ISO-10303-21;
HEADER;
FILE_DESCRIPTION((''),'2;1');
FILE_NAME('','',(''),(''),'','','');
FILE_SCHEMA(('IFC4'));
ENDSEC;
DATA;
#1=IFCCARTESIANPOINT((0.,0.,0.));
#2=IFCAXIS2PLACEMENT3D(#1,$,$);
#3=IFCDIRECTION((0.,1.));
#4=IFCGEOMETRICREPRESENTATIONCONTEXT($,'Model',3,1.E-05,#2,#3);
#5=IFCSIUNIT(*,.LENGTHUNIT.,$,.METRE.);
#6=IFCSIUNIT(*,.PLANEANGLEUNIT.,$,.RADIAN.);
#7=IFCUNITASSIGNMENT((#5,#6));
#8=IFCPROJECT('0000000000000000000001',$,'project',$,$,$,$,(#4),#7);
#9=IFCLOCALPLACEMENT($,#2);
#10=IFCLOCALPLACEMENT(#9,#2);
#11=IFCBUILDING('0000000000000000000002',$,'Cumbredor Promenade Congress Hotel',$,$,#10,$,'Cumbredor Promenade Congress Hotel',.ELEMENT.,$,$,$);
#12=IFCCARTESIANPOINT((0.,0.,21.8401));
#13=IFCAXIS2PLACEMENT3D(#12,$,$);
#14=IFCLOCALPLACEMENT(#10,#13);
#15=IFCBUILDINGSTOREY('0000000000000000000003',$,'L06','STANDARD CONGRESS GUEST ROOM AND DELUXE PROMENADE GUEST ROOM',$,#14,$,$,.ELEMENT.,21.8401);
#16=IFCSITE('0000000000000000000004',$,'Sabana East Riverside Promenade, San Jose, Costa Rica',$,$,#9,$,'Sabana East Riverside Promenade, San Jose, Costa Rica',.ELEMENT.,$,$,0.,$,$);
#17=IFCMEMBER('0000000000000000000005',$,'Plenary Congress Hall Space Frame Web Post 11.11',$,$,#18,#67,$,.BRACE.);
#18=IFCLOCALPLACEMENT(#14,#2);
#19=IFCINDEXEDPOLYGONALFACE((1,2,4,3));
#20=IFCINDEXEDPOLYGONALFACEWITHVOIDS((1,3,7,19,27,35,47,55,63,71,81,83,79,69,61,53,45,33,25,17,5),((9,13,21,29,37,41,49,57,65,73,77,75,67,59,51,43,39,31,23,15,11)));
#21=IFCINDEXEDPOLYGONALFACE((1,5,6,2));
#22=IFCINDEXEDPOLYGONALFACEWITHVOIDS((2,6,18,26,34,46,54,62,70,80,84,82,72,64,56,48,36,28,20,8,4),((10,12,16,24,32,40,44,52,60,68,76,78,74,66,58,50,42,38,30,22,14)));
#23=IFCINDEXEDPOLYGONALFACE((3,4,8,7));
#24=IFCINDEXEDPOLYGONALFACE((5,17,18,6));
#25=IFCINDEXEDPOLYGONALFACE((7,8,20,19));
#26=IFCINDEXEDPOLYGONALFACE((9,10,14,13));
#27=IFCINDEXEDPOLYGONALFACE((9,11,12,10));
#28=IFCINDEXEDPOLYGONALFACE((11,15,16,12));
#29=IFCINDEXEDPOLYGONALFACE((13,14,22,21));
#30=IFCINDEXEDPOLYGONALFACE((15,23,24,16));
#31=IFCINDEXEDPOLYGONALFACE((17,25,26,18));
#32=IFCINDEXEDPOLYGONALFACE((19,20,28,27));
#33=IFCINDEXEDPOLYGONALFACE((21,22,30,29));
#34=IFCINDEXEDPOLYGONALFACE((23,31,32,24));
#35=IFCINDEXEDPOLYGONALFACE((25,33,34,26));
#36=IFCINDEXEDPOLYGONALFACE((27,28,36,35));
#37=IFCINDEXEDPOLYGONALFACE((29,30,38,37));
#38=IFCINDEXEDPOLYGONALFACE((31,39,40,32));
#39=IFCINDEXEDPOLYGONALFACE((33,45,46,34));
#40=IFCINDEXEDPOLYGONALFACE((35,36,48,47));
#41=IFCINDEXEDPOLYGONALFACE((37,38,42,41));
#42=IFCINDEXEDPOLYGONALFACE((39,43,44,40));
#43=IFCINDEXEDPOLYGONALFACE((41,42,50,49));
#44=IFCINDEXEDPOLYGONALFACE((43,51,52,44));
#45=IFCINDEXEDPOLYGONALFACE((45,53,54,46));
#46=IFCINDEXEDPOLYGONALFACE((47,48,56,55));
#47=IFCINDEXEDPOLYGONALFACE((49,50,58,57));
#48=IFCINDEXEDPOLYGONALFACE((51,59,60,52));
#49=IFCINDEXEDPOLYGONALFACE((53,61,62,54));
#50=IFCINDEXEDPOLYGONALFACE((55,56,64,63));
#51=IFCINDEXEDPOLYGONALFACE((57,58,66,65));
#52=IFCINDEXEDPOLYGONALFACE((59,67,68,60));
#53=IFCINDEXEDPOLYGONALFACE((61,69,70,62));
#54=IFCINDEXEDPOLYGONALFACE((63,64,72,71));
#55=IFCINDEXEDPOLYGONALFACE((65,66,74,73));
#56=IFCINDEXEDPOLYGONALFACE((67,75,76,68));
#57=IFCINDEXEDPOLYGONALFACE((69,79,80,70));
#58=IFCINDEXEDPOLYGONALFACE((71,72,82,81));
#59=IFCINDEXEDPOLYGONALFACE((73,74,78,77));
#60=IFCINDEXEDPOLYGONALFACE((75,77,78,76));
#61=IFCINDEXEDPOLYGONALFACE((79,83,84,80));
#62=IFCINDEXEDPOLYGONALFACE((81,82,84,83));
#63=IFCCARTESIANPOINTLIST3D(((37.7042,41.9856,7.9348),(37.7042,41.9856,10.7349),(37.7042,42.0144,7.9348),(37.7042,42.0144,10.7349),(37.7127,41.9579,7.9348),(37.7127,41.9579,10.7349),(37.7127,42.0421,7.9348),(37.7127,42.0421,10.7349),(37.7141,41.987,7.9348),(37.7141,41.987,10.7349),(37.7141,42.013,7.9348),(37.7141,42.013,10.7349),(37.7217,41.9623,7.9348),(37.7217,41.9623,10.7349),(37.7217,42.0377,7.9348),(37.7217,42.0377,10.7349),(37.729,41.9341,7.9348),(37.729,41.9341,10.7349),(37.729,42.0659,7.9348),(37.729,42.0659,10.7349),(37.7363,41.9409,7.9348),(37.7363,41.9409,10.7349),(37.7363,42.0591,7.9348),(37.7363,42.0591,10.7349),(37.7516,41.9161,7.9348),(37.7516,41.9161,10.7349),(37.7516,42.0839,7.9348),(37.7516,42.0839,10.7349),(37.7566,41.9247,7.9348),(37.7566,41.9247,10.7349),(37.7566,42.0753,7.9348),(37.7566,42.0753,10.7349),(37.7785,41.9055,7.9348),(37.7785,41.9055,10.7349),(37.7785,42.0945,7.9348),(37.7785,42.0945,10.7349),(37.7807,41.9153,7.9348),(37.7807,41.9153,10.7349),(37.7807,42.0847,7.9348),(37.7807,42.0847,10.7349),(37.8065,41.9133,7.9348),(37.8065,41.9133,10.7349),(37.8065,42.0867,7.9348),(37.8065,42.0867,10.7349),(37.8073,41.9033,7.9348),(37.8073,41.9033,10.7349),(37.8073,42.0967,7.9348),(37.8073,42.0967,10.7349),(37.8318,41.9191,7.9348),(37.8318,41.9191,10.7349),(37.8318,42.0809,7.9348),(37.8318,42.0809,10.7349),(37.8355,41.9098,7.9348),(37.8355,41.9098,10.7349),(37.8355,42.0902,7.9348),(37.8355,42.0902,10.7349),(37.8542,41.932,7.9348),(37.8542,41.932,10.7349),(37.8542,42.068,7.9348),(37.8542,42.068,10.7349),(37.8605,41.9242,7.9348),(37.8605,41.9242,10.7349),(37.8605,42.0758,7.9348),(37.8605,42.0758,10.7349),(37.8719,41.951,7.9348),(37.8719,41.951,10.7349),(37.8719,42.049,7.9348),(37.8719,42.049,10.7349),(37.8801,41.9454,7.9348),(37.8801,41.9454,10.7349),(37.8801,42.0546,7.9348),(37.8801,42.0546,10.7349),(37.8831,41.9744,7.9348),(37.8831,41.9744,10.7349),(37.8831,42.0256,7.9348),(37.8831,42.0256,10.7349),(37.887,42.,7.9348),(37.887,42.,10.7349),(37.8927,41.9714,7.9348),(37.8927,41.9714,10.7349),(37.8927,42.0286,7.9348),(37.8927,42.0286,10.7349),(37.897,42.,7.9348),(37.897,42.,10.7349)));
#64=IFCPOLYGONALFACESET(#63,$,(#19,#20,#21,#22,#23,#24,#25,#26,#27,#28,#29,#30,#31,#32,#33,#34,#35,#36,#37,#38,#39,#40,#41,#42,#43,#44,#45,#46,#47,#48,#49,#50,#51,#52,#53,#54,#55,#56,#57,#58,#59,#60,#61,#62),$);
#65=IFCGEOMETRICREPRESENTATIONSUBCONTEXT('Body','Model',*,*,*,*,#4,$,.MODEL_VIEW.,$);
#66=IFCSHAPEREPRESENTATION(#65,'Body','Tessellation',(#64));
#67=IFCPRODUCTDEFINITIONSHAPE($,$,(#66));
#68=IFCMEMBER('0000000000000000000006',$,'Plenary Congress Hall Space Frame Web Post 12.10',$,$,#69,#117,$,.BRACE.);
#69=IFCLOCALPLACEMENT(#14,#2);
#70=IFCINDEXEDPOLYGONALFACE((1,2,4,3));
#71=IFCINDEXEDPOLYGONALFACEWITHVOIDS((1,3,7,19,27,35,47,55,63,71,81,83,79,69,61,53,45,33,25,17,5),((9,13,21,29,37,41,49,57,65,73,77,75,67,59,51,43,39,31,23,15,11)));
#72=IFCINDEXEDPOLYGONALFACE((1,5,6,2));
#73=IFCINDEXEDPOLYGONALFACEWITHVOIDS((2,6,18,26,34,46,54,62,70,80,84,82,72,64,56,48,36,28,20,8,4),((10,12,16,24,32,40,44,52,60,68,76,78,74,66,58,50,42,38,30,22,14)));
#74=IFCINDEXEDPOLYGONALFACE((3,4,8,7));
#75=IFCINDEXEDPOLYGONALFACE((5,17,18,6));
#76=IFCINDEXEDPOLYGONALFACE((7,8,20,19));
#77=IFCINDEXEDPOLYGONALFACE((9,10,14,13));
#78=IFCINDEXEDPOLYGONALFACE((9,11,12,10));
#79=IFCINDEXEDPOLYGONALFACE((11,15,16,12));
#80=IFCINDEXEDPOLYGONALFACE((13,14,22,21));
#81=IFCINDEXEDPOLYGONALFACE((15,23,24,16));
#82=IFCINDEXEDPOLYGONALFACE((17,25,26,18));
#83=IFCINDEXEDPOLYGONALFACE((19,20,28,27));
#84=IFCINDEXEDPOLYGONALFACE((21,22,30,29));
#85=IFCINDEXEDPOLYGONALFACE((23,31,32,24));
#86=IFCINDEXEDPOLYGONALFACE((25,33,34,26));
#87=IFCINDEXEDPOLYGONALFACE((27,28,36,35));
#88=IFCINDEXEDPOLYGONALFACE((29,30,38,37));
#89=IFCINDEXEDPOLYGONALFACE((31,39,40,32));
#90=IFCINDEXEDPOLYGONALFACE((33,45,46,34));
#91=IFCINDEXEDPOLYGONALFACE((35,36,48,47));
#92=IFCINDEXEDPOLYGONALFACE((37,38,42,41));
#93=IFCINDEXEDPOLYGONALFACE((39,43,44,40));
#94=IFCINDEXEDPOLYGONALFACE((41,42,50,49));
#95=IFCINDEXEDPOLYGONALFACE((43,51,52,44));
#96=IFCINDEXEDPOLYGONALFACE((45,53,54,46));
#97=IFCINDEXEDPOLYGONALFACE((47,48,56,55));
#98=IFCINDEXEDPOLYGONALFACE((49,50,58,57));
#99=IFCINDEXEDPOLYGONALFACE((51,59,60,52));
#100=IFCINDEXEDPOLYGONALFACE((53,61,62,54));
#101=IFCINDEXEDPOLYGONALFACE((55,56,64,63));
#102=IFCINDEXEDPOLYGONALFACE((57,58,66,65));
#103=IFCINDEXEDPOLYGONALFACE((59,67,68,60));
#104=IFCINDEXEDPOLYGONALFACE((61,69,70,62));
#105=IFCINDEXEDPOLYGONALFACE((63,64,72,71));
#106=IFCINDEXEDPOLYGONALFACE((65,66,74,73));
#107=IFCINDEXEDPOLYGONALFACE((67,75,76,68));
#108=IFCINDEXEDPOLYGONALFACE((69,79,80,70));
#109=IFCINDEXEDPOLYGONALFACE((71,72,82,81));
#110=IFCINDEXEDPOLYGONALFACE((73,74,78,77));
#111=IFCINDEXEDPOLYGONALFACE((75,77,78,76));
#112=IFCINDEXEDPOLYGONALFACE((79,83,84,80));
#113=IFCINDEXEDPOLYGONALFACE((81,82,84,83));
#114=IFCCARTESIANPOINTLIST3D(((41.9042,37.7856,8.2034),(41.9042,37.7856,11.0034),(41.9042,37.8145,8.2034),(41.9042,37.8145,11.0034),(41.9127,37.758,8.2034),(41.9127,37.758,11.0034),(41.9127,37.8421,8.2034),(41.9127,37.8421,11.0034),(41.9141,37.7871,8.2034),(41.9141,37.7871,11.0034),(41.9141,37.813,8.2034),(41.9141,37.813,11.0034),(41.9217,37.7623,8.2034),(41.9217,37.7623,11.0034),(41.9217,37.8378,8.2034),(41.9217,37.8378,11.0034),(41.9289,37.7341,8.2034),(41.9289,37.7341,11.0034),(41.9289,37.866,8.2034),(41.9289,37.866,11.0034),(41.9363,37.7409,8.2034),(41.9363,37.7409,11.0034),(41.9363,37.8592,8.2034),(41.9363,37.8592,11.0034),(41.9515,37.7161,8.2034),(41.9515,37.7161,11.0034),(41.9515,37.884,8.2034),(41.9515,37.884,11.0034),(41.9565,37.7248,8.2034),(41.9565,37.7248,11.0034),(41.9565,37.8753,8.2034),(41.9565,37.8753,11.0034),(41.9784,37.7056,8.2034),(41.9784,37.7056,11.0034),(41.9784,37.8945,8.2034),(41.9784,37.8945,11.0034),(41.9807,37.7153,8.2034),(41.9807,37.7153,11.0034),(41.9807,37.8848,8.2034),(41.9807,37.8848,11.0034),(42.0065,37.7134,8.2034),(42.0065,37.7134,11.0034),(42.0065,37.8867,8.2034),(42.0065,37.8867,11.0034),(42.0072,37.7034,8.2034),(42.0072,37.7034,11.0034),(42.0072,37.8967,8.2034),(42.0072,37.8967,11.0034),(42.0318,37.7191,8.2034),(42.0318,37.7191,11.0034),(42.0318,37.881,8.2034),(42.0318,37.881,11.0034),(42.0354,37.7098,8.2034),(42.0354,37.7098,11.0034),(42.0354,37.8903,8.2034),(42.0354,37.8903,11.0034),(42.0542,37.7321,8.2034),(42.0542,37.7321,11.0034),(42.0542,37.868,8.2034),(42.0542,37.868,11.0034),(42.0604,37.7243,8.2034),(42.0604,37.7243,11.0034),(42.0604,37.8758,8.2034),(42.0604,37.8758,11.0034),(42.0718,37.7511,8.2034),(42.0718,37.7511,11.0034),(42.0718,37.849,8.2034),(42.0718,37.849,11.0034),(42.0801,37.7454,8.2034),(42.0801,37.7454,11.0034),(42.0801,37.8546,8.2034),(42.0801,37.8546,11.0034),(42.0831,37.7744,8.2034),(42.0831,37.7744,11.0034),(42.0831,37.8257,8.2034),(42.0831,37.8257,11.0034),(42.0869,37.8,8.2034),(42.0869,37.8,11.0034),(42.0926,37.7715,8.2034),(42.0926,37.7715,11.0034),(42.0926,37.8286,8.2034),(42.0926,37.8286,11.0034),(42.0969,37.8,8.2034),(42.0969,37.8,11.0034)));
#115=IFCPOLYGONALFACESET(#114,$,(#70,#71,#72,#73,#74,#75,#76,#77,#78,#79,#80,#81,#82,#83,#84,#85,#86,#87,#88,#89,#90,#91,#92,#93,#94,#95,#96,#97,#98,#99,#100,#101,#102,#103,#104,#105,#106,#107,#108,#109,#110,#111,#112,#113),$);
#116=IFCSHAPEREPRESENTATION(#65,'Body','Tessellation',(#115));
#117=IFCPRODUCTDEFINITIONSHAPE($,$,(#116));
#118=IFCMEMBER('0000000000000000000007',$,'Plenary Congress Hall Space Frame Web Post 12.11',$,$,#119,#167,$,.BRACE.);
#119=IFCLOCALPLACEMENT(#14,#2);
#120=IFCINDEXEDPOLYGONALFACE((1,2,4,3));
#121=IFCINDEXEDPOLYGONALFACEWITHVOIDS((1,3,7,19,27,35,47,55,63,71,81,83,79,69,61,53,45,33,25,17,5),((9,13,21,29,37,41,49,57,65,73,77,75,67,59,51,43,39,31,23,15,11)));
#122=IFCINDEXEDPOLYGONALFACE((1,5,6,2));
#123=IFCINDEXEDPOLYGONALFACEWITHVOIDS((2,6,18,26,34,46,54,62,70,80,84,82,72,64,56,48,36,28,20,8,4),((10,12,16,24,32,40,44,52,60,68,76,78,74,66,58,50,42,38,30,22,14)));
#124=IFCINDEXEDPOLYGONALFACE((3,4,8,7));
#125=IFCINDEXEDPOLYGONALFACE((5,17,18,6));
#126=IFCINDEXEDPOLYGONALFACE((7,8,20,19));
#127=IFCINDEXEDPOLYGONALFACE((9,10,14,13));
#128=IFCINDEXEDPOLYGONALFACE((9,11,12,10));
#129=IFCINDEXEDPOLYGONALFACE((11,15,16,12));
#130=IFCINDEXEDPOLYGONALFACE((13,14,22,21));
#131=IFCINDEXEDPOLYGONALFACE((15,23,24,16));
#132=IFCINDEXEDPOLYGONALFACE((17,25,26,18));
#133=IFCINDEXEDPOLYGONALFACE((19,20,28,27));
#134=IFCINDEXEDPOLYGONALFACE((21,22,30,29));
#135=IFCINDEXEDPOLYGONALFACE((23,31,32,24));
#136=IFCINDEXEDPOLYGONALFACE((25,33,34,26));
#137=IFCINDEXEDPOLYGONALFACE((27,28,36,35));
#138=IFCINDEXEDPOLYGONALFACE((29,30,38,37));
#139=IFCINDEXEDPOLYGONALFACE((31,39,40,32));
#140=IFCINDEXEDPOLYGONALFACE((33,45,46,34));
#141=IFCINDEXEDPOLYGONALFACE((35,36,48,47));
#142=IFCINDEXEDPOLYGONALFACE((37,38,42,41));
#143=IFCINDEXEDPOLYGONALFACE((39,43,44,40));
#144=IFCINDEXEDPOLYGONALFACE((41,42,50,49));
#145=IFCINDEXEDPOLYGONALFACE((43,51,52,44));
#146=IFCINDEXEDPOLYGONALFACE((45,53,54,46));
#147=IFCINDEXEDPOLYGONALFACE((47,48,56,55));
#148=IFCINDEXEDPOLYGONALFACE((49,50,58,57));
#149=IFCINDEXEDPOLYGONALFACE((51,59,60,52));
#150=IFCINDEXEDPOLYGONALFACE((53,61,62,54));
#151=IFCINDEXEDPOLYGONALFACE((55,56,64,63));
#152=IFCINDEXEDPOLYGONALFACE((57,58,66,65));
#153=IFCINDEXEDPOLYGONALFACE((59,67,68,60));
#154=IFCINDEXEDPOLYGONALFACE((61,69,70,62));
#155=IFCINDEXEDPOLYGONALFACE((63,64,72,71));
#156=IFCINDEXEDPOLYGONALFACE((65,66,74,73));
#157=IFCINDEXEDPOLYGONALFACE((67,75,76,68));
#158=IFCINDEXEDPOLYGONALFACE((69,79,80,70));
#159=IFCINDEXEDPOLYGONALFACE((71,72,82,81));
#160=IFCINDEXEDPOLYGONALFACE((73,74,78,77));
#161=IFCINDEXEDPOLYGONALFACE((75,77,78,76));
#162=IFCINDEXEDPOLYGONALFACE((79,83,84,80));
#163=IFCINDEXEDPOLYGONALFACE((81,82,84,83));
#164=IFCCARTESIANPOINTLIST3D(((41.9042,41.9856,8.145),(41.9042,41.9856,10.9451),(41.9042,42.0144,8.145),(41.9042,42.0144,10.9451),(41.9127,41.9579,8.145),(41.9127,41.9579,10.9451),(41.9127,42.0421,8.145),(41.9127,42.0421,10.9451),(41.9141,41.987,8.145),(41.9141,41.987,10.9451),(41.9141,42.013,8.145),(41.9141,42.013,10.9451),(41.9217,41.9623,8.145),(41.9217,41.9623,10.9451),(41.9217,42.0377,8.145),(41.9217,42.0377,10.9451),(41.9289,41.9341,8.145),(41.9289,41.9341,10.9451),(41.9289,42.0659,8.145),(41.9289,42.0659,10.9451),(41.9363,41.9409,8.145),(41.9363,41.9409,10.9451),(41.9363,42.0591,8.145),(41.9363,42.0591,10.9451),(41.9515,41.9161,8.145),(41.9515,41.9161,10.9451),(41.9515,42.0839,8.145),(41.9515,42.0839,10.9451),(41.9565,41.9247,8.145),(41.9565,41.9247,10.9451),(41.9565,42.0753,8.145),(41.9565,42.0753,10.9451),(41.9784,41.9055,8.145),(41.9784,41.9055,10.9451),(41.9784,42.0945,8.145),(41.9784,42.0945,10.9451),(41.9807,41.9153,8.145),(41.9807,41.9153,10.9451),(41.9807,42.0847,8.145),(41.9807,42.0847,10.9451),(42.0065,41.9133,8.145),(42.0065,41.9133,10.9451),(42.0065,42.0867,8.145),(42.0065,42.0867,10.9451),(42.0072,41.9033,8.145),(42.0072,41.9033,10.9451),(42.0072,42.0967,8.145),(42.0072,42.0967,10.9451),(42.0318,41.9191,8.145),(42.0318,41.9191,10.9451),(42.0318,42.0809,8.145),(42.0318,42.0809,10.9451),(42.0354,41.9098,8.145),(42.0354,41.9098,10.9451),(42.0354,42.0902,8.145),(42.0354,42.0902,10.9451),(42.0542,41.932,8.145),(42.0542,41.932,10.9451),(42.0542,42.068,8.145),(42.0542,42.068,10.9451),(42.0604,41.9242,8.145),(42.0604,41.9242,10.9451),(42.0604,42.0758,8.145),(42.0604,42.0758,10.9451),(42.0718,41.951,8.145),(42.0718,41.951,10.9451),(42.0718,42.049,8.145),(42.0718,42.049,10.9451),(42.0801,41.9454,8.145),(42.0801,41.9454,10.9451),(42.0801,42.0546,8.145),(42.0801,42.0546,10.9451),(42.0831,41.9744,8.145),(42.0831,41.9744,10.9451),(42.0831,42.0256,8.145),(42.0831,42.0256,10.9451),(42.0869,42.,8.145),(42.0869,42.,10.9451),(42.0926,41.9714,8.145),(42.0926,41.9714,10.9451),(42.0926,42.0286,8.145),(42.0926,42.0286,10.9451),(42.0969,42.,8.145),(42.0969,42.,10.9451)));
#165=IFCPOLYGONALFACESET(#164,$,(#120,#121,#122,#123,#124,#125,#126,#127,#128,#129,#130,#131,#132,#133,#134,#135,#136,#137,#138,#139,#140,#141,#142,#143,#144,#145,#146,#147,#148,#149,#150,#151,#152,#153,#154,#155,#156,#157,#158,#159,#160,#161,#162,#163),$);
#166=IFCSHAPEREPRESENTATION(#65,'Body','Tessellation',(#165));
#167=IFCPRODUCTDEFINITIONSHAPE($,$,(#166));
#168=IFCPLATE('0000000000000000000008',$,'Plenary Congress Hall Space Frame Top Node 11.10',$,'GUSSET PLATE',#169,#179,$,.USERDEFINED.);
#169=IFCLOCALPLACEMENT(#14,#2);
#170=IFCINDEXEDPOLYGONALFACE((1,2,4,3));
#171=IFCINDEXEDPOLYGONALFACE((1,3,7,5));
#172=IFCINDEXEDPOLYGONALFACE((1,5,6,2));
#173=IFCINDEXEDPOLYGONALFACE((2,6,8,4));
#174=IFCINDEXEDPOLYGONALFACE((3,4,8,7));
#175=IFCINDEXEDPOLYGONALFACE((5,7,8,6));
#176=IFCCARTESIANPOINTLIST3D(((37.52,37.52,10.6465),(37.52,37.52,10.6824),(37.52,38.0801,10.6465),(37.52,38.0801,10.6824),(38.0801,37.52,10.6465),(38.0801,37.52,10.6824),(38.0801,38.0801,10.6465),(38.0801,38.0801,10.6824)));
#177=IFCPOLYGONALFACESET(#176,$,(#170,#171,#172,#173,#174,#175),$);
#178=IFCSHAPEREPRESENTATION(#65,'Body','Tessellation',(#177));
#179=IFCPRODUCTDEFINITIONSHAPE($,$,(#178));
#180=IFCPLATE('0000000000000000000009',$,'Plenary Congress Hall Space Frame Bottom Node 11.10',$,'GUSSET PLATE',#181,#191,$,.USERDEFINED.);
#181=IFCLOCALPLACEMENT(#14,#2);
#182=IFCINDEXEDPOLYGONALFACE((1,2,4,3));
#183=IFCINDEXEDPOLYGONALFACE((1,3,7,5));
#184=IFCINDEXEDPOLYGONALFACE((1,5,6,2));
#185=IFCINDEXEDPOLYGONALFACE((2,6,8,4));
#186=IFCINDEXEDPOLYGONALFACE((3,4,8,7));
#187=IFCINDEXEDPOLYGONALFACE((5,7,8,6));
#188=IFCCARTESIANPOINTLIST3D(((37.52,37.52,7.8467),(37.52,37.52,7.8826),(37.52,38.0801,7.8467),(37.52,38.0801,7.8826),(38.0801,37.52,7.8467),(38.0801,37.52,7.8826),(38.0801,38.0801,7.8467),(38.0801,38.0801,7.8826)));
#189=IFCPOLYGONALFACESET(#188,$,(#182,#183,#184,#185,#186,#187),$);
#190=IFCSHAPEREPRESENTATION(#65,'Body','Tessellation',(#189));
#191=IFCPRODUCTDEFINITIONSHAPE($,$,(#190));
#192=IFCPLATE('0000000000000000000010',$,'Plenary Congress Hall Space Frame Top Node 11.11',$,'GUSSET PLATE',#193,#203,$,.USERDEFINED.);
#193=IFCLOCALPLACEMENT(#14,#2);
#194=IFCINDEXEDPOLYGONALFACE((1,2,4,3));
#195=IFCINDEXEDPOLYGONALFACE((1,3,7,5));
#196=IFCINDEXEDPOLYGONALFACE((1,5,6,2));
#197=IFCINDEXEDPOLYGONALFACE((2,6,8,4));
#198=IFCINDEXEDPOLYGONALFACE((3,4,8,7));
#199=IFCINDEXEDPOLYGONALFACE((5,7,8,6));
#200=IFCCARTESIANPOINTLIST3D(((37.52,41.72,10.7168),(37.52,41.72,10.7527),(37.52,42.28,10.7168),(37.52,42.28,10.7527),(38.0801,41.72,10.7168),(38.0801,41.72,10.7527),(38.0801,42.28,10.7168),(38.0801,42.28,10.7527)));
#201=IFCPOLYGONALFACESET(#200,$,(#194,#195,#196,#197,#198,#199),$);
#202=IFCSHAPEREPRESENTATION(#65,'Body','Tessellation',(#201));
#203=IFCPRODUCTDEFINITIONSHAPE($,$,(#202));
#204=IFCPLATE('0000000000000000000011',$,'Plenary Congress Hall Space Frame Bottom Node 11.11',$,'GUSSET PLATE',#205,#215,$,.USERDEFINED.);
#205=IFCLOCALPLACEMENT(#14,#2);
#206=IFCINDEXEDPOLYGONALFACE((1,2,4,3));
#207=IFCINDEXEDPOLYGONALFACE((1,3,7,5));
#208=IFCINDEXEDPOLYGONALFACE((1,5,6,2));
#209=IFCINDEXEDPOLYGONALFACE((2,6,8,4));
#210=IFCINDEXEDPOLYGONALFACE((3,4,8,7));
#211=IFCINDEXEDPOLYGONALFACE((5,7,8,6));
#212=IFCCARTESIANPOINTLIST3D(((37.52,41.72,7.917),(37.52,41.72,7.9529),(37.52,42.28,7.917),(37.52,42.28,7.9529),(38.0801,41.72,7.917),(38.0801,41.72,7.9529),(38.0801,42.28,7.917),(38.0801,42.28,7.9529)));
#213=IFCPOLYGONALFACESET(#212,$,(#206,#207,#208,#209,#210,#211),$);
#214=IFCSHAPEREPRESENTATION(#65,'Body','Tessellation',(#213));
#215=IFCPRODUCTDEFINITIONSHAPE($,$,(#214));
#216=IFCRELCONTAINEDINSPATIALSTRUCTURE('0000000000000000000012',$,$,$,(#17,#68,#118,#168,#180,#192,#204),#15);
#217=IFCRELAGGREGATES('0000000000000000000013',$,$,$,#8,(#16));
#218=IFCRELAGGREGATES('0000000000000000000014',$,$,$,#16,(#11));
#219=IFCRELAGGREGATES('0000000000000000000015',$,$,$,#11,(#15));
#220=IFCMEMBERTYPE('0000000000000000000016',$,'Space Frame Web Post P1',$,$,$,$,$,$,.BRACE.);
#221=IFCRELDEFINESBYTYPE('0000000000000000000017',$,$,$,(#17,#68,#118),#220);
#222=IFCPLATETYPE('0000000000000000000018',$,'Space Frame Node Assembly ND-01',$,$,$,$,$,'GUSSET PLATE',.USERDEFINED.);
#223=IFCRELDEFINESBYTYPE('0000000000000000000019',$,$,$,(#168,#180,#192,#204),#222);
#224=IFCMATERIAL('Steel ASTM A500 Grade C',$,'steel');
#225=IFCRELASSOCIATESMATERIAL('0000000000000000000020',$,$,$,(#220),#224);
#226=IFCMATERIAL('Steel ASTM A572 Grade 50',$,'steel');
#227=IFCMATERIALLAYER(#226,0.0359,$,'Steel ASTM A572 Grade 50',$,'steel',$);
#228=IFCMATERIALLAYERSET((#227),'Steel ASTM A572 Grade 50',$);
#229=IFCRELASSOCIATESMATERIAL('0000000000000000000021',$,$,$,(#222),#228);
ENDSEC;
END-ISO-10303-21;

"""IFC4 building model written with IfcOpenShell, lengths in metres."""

from ifc_helpers import new_model, si_unit, direction, frame, origin, origin_2d, place, context, subcontext, project, spatial, rectangle, hollow_circle, extrude, material, layer, layer_set, material_profile, profile_set, type_object, element, save


model = new_model("IFC4")

# Units and contexts
model_context = context("Model", 3, precision=1e-05, world=origin(), true_north=direction((0.0, 1.0)))
body_context = subcontext(model_context, "Body", "Model", "MODEL_VIEW")
ifc_project = project(units=[si_unit("LENGTHUNIT", "METRE"), si_unit("PLANEANGLEUNIT", "RADIAN")], contexts=[model_context])

# Site, building, storey
site_placement = place(None, origin())
site = spatial("IfcSite", under=ifc_project, at=site_placement, Name="Sabana East Riverside Promenade, San Jose, Costa Rica", LongName="Sabana East Riverside Promenade, San Jose, Costa Rica", CompositionType="ELEMENT", RefElevation=0.0)
building_placement = place(site_placement, origin())
building = spatial("IfcBuilding", under=site, at=building_placement, Name="Cumbredor Promenade Congress Hotel", LongName="Cumbredor Promenade Congress Hotel", CompositionType="ELEMENT")
storey_placement = place(building_placement, frame((0.0, 0.0, 21.8401)))
storey = spatial("IfcBuildingStorey", under=building, at=storey_placement, Name="L06", Description="STANDARD CONGRESS GUEST ROOM AND DELUXE PROMENADE GUEST ROOM", CompositionType="ELEMENT", Elevation=21.8401)

# Members
ifc_material_1 = material(Name="Steel ASTM A500 Grade C", Category="steel")
ifc_material_profile_1 = material_profile(ifc_material_1, hollow_circle(Radius=0.0969, WallThickness=0.01, at=origin_2d()), Name="CHS 193.7x10")
ifc_profile_set_1 = profile_set([ifc_material_profile_1], Name="Steel ASTM A500 Grade C")
member_type_1 = type_object("IfcMemberType", Name="Space Frame Web Post P1", PredefinedType="BRACE", material=ifc_profile_set_1)
for number, where, z_axis, x_axis, name in (
    (1, (37.8, 42.0, 7.9348), (0.0, 0.0, 1.0), (1.0, 0.0, 0.0), "Plenary Congress Hall Space Frame Web Post 11.11"),
    (2, (42.0, 37.8, 8.2034), (0.0, 0.0, 1.0), (1.0, 0.0, 0.0), "Plenary Congress Hall Space Frame Web Post 12.10"),
    (3, (42.0, 42.0, 8.145), (0.0, 0.0, 1.0), (1.0, 0.0, 0.0), "Plenary Congress Hall Space Frame Web Post 12.11"),
):
    element("IfcMember", number, at=place(storey_placement, frame(where, z_axis=z_axis, x_axis=x_axis)), inside=storey, type_object=member_type_1, Name=name, PredefinedType="BRACE", context=body_context, shape_type="SweptSolid", body=[
        extrude(hollow_circle(Radius=0.0969, WallThickness=0.01, at=origin_2d()), origin(), (0.0, 0.0, 1.0), 2.8),
    ])

# Plates
ifc_material_2 = material(Name="Steel ASTM A572 Grade 50", Category="steel")
ifc_layer = layer(ifc_material_2, 0.0359, Name="Steel ASTM A572 Grade 50", Category="steel")
ifc_layer_set = layer_set([ifc_layer], Name="Steel ASTM A572 Grade 50")
plate_type = type_object("IfcPlateType", Name="Space Frame Node Assembly ND-01", ElementType="GUSSET PLATE", PredefinedType="USERDEFINED", material=ifc_layer_set)
for number, where, z_axis, x_axis, name in (
    (4, (37.8, 37.8, 10.6465), (0.0, 0.0, 1.0), (1.0, 0.0, 0.0), "Plenary Congress Hall Space Frame Top Node 11.10"),
    (5, (37.8, 37.8, 7.8467), (0.0, 0.0, 1.0), (1.0, 0.0, 0.0), "Plenary Congress Hall Space Frame Bottom Node 11.10"),
    (6, (37.8, 42.0, 10.7168), (0.0, 0.0, 1.0), (1.0, 0.0, 0.0), "Plenary Congress Hall Space Frame Top Node 11.11"),
    (7, (37.8, 42.0, 7.917), (0.0, 0.0, 1.0), (1.0, 0.0, 0.0), "Plenary Congress Hall Space Frame Bottom Node 11.11"),
):
    element("IfcPlate", number, at=place(storey_placement, frame(where, z_axis=z_axis, x_axis=x_axis)), inside=storey, type_object=plate_type, Name=name, ObjectType="GUSSET PLATE", PredefinedType="USERDEFINED", context=body_context, shape_type="SweptSolid", body=[
        extrude(rectangle(XDim=0.5601, YDim=0.5601, at=origin_2d()), origin(), (0.0, 0.0, 1.0), 0.0359),
    ])

save(model, "model.ifc")
